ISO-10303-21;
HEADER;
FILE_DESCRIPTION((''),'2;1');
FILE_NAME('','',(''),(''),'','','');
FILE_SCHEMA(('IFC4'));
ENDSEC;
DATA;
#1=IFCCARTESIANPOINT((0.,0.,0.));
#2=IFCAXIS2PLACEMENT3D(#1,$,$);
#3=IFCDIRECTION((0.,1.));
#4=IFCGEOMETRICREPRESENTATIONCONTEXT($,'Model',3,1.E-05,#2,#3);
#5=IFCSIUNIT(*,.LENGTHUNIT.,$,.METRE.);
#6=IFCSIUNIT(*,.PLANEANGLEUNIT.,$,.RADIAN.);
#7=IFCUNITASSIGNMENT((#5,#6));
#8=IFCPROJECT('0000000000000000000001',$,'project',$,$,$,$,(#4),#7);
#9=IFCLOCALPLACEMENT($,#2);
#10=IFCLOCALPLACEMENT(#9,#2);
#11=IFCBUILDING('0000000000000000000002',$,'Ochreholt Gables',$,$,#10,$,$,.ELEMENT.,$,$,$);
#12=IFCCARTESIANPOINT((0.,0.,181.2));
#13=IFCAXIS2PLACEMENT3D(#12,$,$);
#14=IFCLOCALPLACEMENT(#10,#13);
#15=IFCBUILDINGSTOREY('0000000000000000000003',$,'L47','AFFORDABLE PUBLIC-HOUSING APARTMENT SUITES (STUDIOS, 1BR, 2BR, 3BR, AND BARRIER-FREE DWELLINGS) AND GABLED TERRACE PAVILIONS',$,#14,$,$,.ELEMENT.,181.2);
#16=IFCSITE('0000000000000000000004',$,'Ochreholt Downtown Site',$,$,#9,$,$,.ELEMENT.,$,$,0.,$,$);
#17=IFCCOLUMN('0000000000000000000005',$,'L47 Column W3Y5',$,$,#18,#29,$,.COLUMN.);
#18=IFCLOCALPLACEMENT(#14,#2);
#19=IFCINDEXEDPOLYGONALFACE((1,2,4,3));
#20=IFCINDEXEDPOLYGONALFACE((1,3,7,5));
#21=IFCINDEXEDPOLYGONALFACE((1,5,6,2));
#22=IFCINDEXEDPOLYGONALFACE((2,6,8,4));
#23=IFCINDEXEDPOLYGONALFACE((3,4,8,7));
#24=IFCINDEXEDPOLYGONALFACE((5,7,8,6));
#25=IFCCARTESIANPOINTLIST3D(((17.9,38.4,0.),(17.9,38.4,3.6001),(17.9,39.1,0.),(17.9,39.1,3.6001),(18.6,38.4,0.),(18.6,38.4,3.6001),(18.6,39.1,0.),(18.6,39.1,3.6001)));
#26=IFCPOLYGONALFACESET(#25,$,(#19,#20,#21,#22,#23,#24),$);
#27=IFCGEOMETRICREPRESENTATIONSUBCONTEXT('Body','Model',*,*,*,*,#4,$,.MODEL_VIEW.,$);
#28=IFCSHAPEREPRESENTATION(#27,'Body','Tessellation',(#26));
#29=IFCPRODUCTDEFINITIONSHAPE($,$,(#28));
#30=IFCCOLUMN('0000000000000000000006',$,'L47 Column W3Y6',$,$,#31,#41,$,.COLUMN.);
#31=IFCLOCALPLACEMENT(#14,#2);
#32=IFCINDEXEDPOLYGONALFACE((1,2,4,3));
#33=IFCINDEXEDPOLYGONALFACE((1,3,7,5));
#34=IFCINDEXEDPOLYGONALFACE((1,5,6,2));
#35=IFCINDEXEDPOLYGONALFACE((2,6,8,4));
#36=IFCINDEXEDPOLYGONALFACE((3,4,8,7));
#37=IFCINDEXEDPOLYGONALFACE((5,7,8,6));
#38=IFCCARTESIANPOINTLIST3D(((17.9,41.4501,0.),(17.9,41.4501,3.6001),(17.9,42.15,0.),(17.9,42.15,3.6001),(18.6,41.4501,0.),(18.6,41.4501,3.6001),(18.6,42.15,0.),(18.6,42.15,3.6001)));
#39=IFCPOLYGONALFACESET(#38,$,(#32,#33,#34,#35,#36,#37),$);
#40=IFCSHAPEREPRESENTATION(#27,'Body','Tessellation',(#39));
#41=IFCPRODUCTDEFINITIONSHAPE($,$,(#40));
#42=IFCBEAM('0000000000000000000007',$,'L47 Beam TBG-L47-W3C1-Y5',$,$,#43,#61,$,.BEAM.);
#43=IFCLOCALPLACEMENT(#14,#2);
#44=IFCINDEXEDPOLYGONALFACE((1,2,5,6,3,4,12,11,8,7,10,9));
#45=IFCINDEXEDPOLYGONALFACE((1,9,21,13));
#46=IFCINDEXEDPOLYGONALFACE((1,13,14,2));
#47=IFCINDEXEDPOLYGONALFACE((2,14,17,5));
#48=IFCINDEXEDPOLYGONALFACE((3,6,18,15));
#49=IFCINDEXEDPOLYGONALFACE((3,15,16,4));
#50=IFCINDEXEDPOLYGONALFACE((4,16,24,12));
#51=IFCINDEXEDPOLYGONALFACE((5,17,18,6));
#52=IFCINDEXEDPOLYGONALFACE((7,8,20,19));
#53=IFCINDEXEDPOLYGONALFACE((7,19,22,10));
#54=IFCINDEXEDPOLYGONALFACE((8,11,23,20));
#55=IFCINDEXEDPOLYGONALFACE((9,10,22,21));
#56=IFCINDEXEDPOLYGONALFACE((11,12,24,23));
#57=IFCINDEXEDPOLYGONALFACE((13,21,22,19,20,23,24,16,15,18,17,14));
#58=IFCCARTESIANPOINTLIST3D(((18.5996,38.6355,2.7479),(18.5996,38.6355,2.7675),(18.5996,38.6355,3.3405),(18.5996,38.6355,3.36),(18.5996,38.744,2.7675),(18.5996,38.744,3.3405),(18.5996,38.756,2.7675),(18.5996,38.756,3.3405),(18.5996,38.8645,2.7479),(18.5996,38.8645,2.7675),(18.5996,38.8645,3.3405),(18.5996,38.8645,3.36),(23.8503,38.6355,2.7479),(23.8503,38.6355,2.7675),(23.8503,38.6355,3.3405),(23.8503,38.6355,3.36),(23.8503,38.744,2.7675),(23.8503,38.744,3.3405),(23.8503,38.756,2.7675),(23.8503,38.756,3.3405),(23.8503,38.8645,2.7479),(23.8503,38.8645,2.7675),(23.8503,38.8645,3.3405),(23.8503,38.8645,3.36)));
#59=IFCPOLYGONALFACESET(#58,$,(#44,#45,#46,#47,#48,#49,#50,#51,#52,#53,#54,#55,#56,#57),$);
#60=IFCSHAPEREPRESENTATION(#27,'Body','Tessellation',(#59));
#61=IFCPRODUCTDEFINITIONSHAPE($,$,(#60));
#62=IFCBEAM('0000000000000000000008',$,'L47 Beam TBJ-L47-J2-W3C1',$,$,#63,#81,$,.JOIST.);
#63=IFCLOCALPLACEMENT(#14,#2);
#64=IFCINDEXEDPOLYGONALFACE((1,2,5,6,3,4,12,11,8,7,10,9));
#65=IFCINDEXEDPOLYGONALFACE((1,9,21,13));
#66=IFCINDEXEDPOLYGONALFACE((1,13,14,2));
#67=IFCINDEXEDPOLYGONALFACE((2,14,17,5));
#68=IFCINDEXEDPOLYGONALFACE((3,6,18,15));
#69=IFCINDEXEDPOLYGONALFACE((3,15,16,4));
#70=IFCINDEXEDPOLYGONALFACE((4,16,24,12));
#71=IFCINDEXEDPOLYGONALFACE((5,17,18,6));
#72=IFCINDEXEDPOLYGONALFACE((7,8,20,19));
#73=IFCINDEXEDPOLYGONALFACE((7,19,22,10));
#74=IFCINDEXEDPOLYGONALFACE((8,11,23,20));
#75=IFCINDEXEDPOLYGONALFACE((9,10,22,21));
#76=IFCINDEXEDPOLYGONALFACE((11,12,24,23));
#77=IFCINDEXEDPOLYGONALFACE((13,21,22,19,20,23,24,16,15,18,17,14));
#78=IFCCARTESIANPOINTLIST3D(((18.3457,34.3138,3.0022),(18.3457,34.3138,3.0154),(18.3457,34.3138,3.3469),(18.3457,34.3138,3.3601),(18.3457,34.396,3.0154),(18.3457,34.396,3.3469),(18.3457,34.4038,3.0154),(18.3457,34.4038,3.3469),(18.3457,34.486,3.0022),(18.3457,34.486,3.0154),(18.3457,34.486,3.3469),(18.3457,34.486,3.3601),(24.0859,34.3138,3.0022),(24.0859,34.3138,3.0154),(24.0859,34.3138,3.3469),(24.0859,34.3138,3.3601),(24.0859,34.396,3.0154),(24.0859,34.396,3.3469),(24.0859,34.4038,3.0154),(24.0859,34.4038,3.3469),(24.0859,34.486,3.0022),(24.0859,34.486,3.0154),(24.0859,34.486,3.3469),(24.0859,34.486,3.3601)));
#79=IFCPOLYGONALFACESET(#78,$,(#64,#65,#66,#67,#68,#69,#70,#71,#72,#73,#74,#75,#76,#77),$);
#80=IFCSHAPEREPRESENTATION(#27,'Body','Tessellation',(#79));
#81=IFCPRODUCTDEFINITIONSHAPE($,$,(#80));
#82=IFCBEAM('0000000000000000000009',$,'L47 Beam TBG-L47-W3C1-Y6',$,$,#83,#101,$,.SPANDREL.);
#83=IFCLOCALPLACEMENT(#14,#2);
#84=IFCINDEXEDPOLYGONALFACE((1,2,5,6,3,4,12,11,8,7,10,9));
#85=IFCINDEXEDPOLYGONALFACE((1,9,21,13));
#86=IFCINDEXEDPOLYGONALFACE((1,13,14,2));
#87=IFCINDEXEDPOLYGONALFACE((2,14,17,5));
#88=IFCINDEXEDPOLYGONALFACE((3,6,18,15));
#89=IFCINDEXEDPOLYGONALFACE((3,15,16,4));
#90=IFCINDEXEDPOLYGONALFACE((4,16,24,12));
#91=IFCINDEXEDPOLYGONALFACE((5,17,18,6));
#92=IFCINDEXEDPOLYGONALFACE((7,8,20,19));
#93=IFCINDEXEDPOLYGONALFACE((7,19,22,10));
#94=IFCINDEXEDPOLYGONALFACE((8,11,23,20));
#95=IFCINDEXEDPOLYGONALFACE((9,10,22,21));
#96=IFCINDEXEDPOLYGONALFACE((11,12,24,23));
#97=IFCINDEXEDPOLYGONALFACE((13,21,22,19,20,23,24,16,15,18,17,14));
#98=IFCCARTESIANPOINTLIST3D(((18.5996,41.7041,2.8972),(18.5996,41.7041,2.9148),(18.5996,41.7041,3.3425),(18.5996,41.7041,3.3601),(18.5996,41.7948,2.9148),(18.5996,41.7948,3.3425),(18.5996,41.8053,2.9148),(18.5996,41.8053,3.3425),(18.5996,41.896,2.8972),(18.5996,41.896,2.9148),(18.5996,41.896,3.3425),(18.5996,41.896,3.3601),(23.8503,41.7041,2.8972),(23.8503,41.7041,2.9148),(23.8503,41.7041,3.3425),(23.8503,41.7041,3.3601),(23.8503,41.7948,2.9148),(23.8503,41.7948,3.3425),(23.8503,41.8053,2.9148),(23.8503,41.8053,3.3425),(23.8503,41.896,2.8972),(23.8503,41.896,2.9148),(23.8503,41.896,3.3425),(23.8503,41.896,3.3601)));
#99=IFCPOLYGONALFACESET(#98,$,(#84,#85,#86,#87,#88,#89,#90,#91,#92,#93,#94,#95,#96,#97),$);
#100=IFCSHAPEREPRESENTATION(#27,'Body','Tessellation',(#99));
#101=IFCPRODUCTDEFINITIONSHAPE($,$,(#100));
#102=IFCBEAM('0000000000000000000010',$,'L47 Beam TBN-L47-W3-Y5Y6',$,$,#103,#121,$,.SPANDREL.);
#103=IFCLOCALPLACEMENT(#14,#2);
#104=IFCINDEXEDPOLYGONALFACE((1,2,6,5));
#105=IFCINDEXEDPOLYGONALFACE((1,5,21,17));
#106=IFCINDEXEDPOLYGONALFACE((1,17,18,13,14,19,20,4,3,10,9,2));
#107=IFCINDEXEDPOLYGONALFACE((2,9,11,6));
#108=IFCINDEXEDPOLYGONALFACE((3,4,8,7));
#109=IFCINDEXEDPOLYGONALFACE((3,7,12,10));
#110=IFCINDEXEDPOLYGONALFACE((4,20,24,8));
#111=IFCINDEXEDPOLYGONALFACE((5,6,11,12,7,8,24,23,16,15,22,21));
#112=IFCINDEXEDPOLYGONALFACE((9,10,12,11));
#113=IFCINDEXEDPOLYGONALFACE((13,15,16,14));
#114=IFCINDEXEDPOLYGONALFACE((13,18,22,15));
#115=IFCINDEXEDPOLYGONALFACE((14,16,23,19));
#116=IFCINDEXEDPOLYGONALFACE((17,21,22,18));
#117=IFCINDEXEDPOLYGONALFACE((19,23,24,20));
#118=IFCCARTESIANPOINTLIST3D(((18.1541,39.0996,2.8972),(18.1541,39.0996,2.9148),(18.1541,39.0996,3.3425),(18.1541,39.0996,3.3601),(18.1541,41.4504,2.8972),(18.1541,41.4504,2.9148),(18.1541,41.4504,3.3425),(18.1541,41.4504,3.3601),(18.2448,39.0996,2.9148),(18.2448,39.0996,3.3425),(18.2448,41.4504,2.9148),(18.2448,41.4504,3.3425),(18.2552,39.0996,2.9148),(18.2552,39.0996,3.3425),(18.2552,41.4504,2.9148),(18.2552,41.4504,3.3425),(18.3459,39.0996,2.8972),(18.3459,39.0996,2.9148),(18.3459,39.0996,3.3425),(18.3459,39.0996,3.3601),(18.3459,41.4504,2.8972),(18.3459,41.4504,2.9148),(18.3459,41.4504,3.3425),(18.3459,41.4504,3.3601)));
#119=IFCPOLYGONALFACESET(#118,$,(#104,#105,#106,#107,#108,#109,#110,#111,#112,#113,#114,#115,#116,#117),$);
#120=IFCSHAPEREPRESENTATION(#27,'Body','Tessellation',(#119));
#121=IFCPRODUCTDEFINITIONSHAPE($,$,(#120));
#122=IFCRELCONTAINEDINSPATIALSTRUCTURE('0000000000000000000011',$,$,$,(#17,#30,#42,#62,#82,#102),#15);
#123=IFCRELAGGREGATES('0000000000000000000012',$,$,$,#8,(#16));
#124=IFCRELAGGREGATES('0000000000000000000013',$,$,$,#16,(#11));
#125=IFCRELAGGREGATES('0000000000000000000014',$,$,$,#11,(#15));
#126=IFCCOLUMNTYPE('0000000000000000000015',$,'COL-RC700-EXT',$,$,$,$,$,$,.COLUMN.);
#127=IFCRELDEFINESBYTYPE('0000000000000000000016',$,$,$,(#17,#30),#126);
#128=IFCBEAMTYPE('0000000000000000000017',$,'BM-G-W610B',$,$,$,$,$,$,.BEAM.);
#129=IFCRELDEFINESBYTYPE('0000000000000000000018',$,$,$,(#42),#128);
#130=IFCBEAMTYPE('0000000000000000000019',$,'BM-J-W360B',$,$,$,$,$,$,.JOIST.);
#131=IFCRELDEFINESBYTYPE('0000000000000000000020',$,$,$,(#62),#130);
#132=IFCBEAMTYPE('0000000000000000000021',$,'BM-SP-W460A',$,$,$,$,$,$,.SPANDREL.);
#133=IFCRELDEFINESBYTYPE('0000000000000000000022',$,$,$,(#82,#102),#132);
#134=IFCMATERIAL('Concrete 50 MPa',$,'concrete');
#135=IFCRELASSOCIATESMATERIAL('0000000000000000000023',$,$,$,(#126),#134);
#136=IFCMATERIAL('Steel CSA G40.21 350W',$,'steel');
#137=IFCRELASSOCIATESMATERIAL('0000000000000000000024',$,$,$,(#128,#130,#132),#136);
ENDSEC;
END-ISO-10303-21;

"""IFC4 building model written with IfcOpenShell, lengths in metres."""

from ifc_helpers import new_model, si_unit, direction, frame, origin, origin_2d, place, context, subcontext, project, spatial, rectangle, i_section, extrude, material, material_profile, profile_set, type_object, element, save


model = new_model("IFC4")

# Units and contexts
model_context = context("Model", 3, precision=1e-05, world=origin(), true_north=direction((0.0, 1.0)))
body_context = subcontext(model_context, "Body", "Model", "MODEL_VIEW")
ifc_project = project(units=[si_unit("LENGTHUNIT", "METRE"), si_unit("PLANEANGLEUNIT", "RADIAN")], contexts=[model_context])

# Site, building, storey
site_placement = place(None, origin())
site = spatial("IfcSite", under=ifc_project, at=site_placement, Name="Ochreholt Downtown Site", CompositionType="ELEMENT", RefElevation=0.0)
building_placement = place(site_placement, origin())
building = spatial("IfcBuilding", under=site, at=building_placement, Name="Ochreholt Gables", CompositionType="ELEMENT")
storey_placement = place(building_placement, frame((0.0, 0.0, 181.2)))
storey = spatial("IfcBuildingStorey", under=building, at=storey_placement, Name="L47", Description="AFFORDABLE PUBLIC-HOUSING APARTMENT SUITES (STUDIOS, 1BR, 2BR, 3BR, AND BARRIER-FREE DWELLINGS) AND GABLED TERRACE PAVILIONS", CompositionType="ELEMENT", Elevation=181.2)

# Columns
ifc_material_1 = material(Name="Concrete 50 MPa", Category="concrete")
ifc_material_profile_1 = material_profile(ifc_material_1, rectangle(XDim=0.7, YDim=0.7, at=origin_2d()), Name="RC700X700")
ifc_profile_set_1 = profile_set([ifc_material_profile_1], Name="Concrete 50 MPa")
column_type = type_object("IfcColumnType", Name="COL-RC700-EXT", PredefinedType="COLUMN", material=ifc_profile_set_1)
for number, where, z_axis, x_axis, name in (
    (1, (18.25, 38.75, 0.0), (0.0, 0.0, 1.0), (1.0, 0.0, 0.0), "L47 Column W3Y5"),
    (2, (18.25, 41.8, 0.0), (0.0, 0.0, 1.0), (1.0, 0.0, 0.0), "L47 Column W3Y6"),
):
    element("IfcColumn", number, at=place(storey_placement, frame(where, z_axis=z_axis, x_axis=x_axis)), inside=storey, type_object=column_type, Name=name, PredefinedType="COLUMN", context=body_context, shape_type="SweptSolid", body=[
        extrude(rectangle(XDim=0.7, YDim=0.7, at=origin_2d()), origin(), (0.0, 0.0, 1.0), 3.6001),
    ])

# Beams
ifc_material_2 = material(Name="Steel CSA G40.21 350W", Category="steel")
ifc_material_profile_2 = material_profile(ifc_material_2, i_section(OverallWidth=0.229, OverallDepth=0.6121, WebThickness=0.012, FlangeThickness=0.0195, at=origin_2d()), Name="W610X125")
ifc_profile_set_2 = profile_set([ifc_material_profile_2], Name="Steel CSA G40.21 350W")
beam_type_1 = type_object("IfcBeamType", Name="BM-G-W610B", PredefinedType="BEAM", material=ifc_profile_set_2)
beam_1_placement = place(storey_placement, frame((18.5996, 38.75, 3.054), z_axis=(1.0, 0.0, 0.0), x_axis=(0.0, 1.0, 0.0)))
element("IfcBeam", 3, at=beam_1_placement, inside=storey, type_object=beam_type_1, Name="L47 Beam TBG-L47-W3C1-Y5", PredefinedType="BEAM", context=body_context, shape_type="SweptSolid", body=[
    extrude(i_section(OverallWidth=0.229, OverallDepth=0.6121, WebThickness=0.012, FlangeThickness=0.0195, at=origin_2d()), origin(), (0.0, 0.0, 1.0), 5.2507),
])
ifc_material_profile_3 = material_profile(ifc_material_2, i_section(OverallWidth=0.1721, OverallDepth=0.3579, WebThickness=0.0078, FlangeThickness=0.0132, at=origin_2d()), Name="W360X57")
ifc_profile_set_3 = profile_set([ifc_material_profile_3], Name="Steel CSA G40.21 350W")
beam_type_2 = type_object("IfcBeamType", Name="BM-J-W360B", PredefinedType="JOIST", material=ifc_profile_set_3)
beam_2_placement = place(storey_placement, frame((18.3457, 34.3999, 3.1812), z_axis=(1.0, 0.0, 0.0), x_axis=(0.0, 1.0, 0.0)))
element("IfcBeam", 4, at=beam_2_placement, inside=storey, type_object=beam_type_2, Name="L47 Beam TBJ-L47-J2-W3C1", PredefinedType="JOIST", context=body_context, shape_type="SweptSolid", body=[
    extrude(i_section(OverallWidth=0.1721, OverallDepth=0.3579, WebThickness=0.0078, FlangeThickness=0.0132, at=origin_2d()), origin(), (0.0, 0.0, 1.0), 5.7402),
])
ifc_material_profile_4 = material_profile(ifc_material_2, i_section(OverallWidth=0.1919, OverallDepth=0.4629, WebThickness=0.0105, FlangeThickness=0.0176, at=origin_2d()), Name="W460X89")
ifc_profile_set_4 = profile_set([ifc_material_profile_4], Name="Steel CSA G40.21 350W")
beam_type_3 = type_object("IfcBeamType", Name="BM-SP-W460A", PredefinedType="SPANDREL", material=ifc_profile_set_4)
beam_3_placement = place(storey_placement, frame((18.5996, 41.8, 3.1287), z_axis=(1.0, 0.0, 0.0), x_axis=(0.0, 1.0, 0.0)))
element("IfcBeam", 5, at=beam_3_placement, inside=storey, type_object=beam_type_3, Name="L47 Beam TBG-L47-W3C1-Y6", PredefinedType="SPANDREL", context=body_context, shape_type="SweptSolid", body=[
    extrude(i_section(OverallWidth=0.1919, OverallDepth=0.4629, WebThickness=0.0105, FlangeThickness=0.0176, at=origin_2d()), origin(), (0.0, 0.0, 1.0), 5.2507),
])
beam_4_placement = place(storey_placement, frame((18.25, 39.0996, 3.1287), z_axis=(0.0, 1.0, 0.0), x_axis=(-1.0, 0.0, 0.0)))
element("IfcBeam", 6, at=beam_4_placement, inside=storey, type_object=beam_type_3, Name="L47 Beam TBN-L47-W3-Y5Y6", PredefinedType="SPANDREL", context=body_context, shape_type="SweptSolid", body=[
    extrude(i_section(OverallWidth=0.1919, OverallDepth=0.4629, WebThickness=0.0105, FlangeThickness=0.0176, at=origin_2d()), origin(), (0.0, 0.0, 1.0), 2.3508),
])

save(model, "model.ifc")
